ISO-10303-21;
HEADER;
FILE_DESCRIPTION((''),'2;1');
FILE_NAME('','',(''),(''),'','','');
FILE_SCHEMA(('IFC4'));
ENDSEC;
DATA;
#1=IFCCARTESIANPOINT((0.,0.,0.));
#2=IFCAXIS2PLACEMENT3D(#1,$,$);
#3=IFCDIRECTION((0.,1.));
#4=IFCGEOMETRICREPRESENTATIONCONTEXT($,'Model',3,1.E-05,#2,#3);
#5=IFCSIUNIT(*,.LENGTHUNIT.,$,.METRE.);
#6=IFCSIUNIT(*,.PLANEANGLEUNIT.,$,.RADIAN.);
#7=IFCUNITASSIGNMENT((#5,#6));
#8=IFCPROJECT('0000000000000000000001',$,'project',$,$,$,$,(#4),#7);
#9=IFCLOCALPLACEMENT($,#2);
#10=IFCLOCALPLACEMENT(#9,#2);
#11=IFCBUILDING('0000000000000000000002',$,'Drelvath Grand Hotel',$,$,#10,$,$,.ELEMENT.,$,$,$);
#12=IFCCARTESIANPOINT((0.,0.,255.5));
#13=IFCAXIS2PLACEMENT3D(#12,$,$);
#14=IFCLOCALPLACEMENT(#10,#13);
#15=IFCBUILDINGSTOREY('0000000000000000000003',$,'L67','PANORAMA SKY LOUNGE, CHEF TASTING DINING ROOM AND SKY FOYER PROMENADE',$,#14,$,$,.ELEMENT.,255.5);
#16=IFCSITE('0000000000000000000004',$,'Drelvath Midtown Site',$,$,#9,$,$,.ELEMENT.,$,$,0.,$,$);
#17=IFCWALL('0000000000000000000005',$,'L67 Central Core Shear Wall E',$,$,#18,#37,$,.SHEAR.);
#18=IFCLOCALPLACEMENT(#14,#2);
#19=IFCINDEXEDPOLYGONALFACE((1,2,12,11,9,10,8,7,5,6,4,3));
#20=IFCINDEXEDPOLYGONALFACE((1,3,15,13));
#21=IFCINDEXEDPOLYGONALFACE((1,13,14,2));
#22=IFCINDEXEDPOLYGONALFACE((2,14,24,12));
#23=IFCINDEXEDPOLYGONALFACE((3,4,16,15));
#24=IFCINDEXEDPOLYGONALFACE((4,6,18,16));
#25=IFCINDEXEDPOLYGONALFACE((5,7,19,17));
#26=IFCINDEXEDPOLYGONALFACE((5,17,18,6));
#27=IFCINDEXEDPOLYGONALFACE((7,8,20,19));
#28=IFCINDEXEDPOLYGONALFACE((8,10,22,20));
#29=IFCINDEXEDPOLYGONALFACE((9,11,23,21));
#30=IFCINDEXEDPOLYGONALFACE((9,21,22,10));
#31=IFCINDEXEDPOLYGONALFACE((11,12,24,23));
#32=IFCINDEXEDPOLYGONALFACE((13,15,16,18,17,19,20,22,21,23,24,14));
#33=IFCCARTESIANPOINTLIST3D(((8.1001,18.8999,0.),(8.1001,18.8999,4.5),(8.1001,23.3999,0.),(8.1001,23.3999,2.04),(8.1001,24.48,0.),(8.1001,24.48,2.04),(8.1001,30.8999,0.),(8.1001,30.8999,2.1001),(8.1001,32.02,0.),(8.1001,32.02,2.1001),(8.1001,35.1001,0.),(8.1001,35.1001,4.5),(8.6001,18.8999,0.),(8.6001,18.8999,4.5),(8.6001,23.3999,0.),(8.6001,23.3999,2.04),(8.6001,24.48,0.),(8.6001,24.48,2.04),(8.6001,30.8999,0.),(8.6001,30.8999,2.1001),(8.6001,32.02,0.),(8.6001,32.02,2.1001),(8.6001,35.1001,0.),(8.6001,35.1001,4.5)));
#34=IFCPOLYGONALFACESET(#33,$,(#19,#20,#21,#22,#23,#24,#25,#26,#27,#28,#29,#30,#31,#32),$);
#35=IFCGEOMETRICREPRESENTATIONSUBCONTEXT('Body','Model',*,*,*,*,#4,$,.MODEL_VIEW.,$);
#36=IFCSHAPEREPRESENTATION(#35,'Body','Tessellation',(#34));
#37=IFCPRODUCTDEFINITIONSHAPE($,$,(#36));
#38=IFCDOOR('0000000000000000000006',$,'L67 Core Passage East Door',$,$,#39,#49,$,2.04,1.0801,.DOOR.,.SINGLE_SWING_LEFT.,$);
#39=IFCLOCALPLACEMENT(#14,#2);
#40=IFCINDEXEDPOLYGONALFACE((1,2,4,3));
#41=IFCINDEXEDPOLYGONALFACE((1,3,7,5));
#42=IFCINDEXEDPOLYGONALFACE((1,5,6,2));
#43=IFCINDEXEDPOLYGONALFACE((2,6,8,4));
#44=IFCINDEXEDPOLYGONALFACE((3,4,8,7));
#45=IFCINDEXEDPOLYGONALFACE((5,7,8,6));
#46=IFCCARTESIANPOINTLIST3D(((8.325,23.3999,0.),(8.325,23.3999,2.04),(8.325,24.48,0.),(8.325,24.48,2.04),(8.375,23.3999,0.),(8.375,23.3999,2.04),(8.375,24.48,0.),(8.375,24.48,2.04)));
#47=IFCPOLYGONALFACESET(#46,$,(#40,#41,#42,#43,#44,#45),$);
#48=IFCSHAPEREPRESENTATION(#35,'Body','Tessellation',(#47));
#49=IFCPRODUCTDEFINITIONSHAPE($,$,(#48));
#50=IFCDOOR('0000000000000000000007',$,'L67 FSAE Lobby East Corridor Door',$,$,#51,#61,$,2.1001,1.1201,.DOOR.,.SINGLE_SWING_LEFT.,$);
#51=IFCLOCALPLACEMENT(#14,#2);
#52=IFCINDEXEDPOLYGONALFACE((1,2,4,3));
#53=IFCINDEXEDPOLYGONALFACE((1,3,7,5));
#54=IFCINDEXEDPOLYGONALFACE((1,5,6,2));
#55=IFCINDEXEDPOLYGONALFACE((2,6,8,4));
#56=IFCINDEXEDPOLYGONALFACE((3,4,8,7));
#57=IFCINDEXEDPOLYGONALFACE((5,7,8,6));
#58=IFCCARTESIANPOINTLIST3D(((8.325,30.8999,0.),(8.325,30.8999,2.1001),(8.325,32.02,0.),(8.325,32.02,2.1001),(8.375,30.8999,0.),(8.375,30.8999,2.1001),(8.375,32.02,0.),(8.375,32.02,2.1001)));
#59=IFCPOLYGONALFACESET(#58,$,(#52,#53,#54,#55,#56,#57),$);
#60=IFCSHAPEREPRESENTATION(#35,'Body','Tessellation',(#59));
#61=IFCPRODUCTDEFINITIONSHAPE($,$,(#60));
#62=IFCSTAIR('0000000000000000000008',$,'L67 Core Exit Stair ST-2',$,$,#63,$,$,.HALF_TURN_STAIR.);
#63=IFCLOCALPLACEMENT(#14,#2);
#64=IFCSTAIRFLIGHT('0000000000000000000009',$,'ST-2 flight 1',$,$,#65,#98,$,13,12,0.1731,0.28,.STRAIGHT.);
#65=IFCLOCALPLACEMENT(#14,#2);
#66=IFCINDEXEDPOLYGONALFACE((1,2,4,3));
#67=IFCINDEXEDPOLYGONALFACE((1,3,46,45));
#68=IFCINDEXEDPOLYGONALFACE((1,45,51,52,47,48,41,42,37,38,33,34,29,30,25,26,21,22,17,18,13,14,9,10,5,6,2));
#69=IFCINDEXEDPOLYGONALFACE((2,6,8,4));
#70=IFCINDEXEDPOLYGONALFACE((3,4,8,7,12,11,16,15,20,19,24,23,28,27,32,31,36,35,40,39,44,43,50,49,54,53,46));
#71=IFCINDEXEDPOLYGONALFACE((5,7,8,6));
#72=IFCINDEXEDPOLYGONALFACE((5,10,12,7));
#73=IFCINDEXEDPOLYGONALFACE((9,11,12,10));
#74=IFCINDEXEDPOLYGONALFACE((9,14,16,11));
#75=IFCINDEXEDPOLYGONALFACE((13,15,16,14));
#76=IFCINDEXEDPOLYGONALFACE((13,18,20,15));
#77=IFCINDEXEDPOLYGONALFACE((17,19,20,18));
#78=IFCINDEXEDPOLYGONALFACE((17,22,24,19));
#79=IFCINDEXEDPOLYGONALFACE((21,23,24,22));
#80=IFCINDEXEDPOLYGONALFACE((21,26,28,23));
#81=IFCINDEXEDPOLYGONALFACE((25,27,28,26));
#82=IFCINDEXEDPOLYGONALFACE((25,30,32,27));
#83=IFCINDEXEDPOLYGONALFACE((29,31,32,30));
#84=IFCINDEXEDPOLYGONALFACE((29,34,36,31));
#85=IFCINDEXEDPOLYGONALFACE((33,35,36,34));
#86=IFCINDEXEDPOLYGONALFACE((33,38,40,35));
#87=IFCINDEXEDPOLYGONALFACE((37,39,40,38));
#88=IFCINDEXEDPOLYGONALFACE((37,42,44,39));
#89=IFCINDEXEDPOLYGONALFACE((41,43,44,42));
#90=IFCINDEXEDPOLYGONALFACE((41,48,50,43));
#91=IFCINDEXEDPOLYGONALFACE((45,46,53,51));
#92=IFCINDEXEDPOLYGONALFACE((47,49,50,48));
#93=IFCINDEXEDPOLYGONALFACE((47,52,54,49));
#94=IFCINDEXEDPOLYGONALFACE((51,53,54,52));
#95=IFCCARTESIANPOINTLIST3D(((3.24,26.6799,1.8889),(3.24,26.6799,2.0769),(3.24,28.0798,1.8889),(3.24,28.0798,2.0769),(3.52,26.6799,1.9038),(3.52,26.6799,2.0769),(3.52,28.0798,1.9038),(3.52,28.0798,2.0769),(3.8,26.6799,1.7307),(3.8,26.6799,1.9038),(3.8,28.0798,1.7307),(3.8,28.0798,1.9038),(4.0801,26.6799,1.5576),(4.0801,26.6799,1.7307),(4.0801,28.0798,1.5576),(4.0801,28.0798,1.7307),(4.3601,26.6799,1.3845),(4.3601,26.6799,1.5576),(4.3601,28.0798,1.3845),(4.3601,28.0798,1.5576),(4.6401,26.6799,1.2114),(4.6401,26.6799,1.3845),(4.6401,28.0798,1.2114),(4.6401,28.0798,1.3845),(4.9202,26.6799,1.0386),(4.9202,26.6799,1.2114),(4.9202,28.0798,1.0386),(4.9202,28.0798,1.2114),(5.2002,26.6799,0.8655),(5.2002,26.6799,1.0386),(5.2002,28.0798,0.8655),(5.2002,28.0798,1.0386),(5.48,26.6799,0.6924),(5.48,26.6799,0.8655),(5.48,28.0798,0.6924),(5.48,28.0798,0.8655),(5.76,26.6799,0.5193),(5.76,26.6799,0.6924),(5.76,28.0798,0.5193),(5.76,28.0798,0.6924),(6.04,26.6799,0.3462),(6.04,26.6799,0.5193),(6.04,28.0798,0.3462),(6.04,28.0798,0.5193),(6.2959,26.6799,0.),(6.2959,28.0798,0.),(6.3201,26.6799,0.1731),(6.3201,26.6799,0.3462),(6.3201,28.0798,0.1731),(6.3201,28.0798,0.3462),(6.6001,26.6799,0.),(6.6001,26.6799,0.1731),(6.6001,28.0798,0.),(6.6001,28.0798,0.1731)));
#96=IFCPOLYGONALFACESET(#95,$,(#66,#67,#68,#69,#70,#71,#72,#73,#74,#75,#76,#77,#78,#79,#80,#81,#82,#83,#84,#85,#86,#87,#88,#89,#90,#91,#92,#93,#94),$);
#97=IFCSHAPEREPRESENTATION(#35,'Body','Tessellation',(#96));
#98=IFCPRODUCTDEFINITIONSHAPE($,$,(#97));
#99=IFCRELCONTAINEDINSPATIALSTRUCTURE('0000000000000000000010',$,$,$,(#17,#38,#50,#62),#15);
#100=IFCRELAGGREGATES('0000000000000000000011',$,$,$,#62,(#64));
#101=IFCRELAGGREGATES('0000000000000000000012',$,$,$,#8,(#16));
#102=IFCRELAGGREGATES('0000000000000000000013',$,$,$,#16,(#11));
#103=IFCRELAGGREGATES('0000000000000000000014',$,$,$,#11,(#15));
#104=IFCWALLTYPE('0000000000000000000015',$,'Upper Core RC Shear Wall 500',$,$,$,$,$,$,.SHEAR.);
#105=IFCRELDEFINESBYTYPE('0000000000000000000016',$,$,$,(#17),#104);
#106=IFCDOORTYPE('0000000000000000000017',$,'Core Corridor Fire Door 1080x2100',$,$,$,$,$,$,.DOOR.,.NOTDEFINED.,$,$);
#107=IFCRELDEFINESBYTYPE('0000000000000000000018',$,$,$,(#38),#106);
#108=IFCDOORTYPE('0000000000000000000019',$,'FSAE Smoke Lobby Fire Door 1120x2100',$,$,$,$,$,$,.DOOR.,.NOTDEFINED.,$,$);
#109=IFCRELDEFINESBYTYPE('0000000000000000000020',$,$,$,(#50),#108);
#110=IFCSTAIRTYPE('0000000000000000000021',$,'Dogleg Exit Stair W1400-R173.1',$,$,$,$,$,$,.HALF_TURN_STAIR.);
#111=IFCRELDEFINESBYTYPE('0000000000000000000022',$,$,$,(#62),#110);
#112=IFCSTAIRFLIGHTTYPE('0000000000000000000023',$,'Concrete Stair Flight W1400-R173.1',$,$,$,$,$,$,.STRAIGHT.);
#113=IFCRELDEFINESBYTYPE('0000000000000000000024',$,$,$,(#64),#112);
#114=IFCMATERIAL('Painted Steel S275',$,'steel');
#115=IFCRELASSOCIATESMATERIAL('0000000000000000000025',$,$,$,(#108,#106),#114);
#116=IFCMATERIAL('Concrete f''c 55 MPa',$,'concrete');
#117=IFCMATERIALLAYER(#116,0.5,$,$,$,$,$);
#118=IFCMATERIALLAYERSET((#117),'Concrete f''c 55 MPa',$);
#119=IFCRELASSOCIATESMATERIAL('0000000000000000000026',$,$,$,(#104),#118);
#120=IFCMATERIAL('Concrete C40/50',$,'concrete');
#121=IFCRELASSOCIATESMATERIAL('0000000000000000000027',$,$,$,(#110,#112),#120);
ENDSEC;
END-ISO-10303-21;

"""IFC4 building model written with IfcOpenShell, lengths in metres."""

from ifc_helpers import new_model, si_unit, direction, frame, frame_2d, origin, place, context, subcontext, project, spatial, polyline, rectangle, outline, extrude, material, layer, layer_set, type_object, element, fill, aggregate, save


model = new_model("IFC4")

# Units and contexts
model_context = context("Model", 3, precision=1e-05, world=origin(), true_north=direction((0.0, 1.0)))
body_context = subcontext(model_context, "Body", "Model", "MODEL_VIEW")
ifc_project = project(units=[si_unit("LENGTHUNIT", "METRE"), si_unit("PLANEANGLEUNIT", "RADIAN")], contexts=[model_context])

# Site, building, storey
site_placement = place(None, origin())
site = spatial("IfcSite", under=ifc_project, at=site_placement, Name="Drelvath Midtown Site", CompositionType="ELEMENT", RefElevation=0.0)
building_placement = place(site_placement, origin())
building = spatial("IfcBuilding", under=site, at=building_placement, Name="Drelvath Grand Hotel", CompositionType="ELEMENT")
storey_placement = place(building_placement, frame((0.0, 0.0, 255.5)))
storey = spatial("IfcBuildingStorey", under=building, at=storey_placement, Name="L67", Description="PANORAMA SKY LOUNGE, CHEF TASTING DINING ROOM AND SKY FOYER PROMENADE", CompositionType="ELEMENT", Elevation=255.5)

# Shared definitions
ifc_material_1 = material(Name="Concrete f'c 55 MPa", Category="concrete")

# Shared definitions
ifc_material_2 = material(Name="Concrete C40/50", Category="concrete")

# Shared definitions
ifc_material_3 = material(Name="Painted Steel S275", Category="steel")

# Shared definitions
door_type_1 = type_object("IfcDoorType", Name="FSAE Smoke Lobby Fire Door 1120x2100", OperationType="NOTDEFINED", PredefinedType="DOOR", material=ifc_material_3)

# Wall, openings, doors
ifc_layer_1 = layer(ifc_material_1, 0.5)
ifc_layer_set_1 = layer_set([ifc_layer_1], Name="Concrete f'c 55 MPa")
wall_type_1 = type_object("IfcWallType", Name="Upper Core RC Shear Wall 500", PredefinedType="SHEAR", material=ifc_layer_set_1)
wall_1_placement = place(storey_placement, frame((8.3501, 35.1001, 0.0), z_axis=(0.0, 0.0, 1.0), x_axis=(0.0, -1.0, 0.0)))
wall_1 = element("IfcWall", 1, at=wall_1_placement, inside=storey, type_object=wall_type_1, Name="L67 Central Core Shear Wall E", PredefinedType="SHEAR", context=body_context, shape_type="SweptSolid", body=[
    extrude(rectangle(XDim=16.2002, YDim=0.5, at=frame_2d((8.1001, 0.0))), origin(), (0.0, 0.0, 1.0), 4.5),
])
opening_1_placement = place(wall_1_placement, frame((3.0801, 0.0, 0.0)))
opening_1 = element("IfcOpeningElement", 2, at=opening_1_placement, cuts=wall_1, PredefinedType="OPENING", context=body_context, shape_type="SweptSolid", body=[
    extrude(rectangle(XDim=1.1201, YDim=2.1001, at=frame_2d((0.5601, 1.05))), frame((0.0, 0.26, 0.0), z_axis=(0.0, -1.0, 0.0), x_axis=(1.0, 0.0, 0.0)), (0.0, 0.0, 1.0), 0.52),
])
opening_2_placement = place(wall_1_placement, frame((10.6201, 0.0, 0.0)))
opening_2 = element("IfcOpeningElement", 3, at=opening_2_placement, cuts=wall_1, PredefinedType="OPENING", context=body_context, shape_type="SweptSolid", body=[
    extrude(rectangle(XDim=1.0801, YDim=2.04, at=frame_2d((0.54, 1.02))), frame((0.0, 0.26, 0.0), z_axis=(0.0, -1.0, 0.0), x_axis=(1.0, 0.0, 0.0)), (0.0, 0.0, 1.0), 0.52),
])
door_type_2 = type_object("IfcDoorType", Name="Core Corridor Fire Door 1080x2100", OperationType="NOTDEFINED", PredefinedType="DOOR", material=ifc_material_3)
door_1_placement = place(opening_2_placement, origin())
door_1 = element("IfcDoor", 4, at=door_1_placement, inside=storey, type_object=door_type_2, Name="L67 Core Passage East Door", OperationType="SINGLE_SWING_LEFT", OverallHeight=2.04, OverallWidth=1.0801, PredefinedType="DOOR", context=body_context, shape_type="SweptSolid", body=[
    extrude(rectangle(XDim=1.0801, YDim=2.04, at=frame_2d((0.54, 1.02))), frame((0.0, 0.0249, 0.0), z_axis=(0.0, -1.0, 0.0), x_axis=(1.0, 0.0, 0.0)), (0.0, 0.0, 1.0), 0.05),
])
fill(opening_2, door_1)
door_2_placement = place(opening_1_placement, origin())
door_2 = element("IfcDoor", 5, at=door_2_placement, inside=storey, type_object=door_type_1, Name="L67 FSAE Lobby East Corridor Door", OperationType="SINGLE_SWING_LEFT", OverallHeight=2.1001, OverallWidth=1.1201, PredefinedType="DOOR", context=body_context, shape_type="SweptSolid", body=[
    extrude(rectangle(XDim=1.1201, YDim=2.1001, at=frame_2d((0.5601, 1.05))), frame((0.0, 0.0249, 0.0), z_axis=(0.0, -1.0, 0.0), x_axis=(1.0, 0.0, 0.0)), (0.0, 0.0, 1.0), 0.05),
])
fill(opening_1, door_2)

# Stair, stair flight
stair_type = type_object("IfcStairType", Name="Dogleg Exit Stair W1400-R173.1", PredefinedType="HALF_TURN_STAIR", material=ifc_material_2)
stair_placement = place(storey_placement, origin())
stair = element("IfcStair", 6, at=stair_placement, inside=storey, type_object=stair_type, Name="L67 Core Exit Stair ST-2", PredefinedType="HALF_TURN_STAIR")
stair_flight_type = type_object("IfcStairFlightType", Name="Concrete Stair Flight W1400-R173.1", PredefinedType="STRAIGHT", material=ifc_material_2)
stair_flight_placement = place(storey_placement, frame((6.6001, 27.3799, 0.0), z_axis=(0.0, 0.0, 1.0), x_axis=(-1.0, 0.0, 0.0)))
stair_flight = element("IfcStairFlight", 7, at=stair_flight_placement, type_object=stair_flight_type, Name="ST-2 flight 1", NumberOfRisers=13, NumberOfTreads=12, PredefinedType="STRAIGHT", RiserHeight=0.1731, TreadLength=0.28, context=body_context, shape_type="SweptSolid", body=[
    extrude(outline(polyline([(0.0, 0.0), (0.0, 0.1731), (0.28, 0.1731), (0.28, 0.3462), (0.5601, 0.3462), (0.5601, 0.5193), (0.8401, 0.5193), (0.8401, 0.6924), (1.1201, 0.6924), (1.1201, 0.8655), (1.3999, 0.8655), (1.3999, 1.0386), (1.6799, 1.0386), (1.6799, 1.2114), (1.96, 1.2114), (1.96, 1.3845), (2.24, 1.3845), (2.24, 1.5576), (2.52, 1.5576), (2.52, 1.7307), (2.8, 1.7307), (2.8, 1.9038), (3.0801, 1.9038), (3.0801, 2.0769), (3.3601, 2.0769), (3.3601, 2.25), (3.3601, 1.8889), (0.3042, 0.0), (0.0, 0.0)])), frame((0.0, 0.7, 0.0), z_axis=(0.0, -1.0, 0.0), x_axis=(1.0, 0.0, 0.0)), (0.0, 0.0, 1.0), 1.3999),
])
aggregate(stair, [stair_flight])

save(model, "model.ifc")
